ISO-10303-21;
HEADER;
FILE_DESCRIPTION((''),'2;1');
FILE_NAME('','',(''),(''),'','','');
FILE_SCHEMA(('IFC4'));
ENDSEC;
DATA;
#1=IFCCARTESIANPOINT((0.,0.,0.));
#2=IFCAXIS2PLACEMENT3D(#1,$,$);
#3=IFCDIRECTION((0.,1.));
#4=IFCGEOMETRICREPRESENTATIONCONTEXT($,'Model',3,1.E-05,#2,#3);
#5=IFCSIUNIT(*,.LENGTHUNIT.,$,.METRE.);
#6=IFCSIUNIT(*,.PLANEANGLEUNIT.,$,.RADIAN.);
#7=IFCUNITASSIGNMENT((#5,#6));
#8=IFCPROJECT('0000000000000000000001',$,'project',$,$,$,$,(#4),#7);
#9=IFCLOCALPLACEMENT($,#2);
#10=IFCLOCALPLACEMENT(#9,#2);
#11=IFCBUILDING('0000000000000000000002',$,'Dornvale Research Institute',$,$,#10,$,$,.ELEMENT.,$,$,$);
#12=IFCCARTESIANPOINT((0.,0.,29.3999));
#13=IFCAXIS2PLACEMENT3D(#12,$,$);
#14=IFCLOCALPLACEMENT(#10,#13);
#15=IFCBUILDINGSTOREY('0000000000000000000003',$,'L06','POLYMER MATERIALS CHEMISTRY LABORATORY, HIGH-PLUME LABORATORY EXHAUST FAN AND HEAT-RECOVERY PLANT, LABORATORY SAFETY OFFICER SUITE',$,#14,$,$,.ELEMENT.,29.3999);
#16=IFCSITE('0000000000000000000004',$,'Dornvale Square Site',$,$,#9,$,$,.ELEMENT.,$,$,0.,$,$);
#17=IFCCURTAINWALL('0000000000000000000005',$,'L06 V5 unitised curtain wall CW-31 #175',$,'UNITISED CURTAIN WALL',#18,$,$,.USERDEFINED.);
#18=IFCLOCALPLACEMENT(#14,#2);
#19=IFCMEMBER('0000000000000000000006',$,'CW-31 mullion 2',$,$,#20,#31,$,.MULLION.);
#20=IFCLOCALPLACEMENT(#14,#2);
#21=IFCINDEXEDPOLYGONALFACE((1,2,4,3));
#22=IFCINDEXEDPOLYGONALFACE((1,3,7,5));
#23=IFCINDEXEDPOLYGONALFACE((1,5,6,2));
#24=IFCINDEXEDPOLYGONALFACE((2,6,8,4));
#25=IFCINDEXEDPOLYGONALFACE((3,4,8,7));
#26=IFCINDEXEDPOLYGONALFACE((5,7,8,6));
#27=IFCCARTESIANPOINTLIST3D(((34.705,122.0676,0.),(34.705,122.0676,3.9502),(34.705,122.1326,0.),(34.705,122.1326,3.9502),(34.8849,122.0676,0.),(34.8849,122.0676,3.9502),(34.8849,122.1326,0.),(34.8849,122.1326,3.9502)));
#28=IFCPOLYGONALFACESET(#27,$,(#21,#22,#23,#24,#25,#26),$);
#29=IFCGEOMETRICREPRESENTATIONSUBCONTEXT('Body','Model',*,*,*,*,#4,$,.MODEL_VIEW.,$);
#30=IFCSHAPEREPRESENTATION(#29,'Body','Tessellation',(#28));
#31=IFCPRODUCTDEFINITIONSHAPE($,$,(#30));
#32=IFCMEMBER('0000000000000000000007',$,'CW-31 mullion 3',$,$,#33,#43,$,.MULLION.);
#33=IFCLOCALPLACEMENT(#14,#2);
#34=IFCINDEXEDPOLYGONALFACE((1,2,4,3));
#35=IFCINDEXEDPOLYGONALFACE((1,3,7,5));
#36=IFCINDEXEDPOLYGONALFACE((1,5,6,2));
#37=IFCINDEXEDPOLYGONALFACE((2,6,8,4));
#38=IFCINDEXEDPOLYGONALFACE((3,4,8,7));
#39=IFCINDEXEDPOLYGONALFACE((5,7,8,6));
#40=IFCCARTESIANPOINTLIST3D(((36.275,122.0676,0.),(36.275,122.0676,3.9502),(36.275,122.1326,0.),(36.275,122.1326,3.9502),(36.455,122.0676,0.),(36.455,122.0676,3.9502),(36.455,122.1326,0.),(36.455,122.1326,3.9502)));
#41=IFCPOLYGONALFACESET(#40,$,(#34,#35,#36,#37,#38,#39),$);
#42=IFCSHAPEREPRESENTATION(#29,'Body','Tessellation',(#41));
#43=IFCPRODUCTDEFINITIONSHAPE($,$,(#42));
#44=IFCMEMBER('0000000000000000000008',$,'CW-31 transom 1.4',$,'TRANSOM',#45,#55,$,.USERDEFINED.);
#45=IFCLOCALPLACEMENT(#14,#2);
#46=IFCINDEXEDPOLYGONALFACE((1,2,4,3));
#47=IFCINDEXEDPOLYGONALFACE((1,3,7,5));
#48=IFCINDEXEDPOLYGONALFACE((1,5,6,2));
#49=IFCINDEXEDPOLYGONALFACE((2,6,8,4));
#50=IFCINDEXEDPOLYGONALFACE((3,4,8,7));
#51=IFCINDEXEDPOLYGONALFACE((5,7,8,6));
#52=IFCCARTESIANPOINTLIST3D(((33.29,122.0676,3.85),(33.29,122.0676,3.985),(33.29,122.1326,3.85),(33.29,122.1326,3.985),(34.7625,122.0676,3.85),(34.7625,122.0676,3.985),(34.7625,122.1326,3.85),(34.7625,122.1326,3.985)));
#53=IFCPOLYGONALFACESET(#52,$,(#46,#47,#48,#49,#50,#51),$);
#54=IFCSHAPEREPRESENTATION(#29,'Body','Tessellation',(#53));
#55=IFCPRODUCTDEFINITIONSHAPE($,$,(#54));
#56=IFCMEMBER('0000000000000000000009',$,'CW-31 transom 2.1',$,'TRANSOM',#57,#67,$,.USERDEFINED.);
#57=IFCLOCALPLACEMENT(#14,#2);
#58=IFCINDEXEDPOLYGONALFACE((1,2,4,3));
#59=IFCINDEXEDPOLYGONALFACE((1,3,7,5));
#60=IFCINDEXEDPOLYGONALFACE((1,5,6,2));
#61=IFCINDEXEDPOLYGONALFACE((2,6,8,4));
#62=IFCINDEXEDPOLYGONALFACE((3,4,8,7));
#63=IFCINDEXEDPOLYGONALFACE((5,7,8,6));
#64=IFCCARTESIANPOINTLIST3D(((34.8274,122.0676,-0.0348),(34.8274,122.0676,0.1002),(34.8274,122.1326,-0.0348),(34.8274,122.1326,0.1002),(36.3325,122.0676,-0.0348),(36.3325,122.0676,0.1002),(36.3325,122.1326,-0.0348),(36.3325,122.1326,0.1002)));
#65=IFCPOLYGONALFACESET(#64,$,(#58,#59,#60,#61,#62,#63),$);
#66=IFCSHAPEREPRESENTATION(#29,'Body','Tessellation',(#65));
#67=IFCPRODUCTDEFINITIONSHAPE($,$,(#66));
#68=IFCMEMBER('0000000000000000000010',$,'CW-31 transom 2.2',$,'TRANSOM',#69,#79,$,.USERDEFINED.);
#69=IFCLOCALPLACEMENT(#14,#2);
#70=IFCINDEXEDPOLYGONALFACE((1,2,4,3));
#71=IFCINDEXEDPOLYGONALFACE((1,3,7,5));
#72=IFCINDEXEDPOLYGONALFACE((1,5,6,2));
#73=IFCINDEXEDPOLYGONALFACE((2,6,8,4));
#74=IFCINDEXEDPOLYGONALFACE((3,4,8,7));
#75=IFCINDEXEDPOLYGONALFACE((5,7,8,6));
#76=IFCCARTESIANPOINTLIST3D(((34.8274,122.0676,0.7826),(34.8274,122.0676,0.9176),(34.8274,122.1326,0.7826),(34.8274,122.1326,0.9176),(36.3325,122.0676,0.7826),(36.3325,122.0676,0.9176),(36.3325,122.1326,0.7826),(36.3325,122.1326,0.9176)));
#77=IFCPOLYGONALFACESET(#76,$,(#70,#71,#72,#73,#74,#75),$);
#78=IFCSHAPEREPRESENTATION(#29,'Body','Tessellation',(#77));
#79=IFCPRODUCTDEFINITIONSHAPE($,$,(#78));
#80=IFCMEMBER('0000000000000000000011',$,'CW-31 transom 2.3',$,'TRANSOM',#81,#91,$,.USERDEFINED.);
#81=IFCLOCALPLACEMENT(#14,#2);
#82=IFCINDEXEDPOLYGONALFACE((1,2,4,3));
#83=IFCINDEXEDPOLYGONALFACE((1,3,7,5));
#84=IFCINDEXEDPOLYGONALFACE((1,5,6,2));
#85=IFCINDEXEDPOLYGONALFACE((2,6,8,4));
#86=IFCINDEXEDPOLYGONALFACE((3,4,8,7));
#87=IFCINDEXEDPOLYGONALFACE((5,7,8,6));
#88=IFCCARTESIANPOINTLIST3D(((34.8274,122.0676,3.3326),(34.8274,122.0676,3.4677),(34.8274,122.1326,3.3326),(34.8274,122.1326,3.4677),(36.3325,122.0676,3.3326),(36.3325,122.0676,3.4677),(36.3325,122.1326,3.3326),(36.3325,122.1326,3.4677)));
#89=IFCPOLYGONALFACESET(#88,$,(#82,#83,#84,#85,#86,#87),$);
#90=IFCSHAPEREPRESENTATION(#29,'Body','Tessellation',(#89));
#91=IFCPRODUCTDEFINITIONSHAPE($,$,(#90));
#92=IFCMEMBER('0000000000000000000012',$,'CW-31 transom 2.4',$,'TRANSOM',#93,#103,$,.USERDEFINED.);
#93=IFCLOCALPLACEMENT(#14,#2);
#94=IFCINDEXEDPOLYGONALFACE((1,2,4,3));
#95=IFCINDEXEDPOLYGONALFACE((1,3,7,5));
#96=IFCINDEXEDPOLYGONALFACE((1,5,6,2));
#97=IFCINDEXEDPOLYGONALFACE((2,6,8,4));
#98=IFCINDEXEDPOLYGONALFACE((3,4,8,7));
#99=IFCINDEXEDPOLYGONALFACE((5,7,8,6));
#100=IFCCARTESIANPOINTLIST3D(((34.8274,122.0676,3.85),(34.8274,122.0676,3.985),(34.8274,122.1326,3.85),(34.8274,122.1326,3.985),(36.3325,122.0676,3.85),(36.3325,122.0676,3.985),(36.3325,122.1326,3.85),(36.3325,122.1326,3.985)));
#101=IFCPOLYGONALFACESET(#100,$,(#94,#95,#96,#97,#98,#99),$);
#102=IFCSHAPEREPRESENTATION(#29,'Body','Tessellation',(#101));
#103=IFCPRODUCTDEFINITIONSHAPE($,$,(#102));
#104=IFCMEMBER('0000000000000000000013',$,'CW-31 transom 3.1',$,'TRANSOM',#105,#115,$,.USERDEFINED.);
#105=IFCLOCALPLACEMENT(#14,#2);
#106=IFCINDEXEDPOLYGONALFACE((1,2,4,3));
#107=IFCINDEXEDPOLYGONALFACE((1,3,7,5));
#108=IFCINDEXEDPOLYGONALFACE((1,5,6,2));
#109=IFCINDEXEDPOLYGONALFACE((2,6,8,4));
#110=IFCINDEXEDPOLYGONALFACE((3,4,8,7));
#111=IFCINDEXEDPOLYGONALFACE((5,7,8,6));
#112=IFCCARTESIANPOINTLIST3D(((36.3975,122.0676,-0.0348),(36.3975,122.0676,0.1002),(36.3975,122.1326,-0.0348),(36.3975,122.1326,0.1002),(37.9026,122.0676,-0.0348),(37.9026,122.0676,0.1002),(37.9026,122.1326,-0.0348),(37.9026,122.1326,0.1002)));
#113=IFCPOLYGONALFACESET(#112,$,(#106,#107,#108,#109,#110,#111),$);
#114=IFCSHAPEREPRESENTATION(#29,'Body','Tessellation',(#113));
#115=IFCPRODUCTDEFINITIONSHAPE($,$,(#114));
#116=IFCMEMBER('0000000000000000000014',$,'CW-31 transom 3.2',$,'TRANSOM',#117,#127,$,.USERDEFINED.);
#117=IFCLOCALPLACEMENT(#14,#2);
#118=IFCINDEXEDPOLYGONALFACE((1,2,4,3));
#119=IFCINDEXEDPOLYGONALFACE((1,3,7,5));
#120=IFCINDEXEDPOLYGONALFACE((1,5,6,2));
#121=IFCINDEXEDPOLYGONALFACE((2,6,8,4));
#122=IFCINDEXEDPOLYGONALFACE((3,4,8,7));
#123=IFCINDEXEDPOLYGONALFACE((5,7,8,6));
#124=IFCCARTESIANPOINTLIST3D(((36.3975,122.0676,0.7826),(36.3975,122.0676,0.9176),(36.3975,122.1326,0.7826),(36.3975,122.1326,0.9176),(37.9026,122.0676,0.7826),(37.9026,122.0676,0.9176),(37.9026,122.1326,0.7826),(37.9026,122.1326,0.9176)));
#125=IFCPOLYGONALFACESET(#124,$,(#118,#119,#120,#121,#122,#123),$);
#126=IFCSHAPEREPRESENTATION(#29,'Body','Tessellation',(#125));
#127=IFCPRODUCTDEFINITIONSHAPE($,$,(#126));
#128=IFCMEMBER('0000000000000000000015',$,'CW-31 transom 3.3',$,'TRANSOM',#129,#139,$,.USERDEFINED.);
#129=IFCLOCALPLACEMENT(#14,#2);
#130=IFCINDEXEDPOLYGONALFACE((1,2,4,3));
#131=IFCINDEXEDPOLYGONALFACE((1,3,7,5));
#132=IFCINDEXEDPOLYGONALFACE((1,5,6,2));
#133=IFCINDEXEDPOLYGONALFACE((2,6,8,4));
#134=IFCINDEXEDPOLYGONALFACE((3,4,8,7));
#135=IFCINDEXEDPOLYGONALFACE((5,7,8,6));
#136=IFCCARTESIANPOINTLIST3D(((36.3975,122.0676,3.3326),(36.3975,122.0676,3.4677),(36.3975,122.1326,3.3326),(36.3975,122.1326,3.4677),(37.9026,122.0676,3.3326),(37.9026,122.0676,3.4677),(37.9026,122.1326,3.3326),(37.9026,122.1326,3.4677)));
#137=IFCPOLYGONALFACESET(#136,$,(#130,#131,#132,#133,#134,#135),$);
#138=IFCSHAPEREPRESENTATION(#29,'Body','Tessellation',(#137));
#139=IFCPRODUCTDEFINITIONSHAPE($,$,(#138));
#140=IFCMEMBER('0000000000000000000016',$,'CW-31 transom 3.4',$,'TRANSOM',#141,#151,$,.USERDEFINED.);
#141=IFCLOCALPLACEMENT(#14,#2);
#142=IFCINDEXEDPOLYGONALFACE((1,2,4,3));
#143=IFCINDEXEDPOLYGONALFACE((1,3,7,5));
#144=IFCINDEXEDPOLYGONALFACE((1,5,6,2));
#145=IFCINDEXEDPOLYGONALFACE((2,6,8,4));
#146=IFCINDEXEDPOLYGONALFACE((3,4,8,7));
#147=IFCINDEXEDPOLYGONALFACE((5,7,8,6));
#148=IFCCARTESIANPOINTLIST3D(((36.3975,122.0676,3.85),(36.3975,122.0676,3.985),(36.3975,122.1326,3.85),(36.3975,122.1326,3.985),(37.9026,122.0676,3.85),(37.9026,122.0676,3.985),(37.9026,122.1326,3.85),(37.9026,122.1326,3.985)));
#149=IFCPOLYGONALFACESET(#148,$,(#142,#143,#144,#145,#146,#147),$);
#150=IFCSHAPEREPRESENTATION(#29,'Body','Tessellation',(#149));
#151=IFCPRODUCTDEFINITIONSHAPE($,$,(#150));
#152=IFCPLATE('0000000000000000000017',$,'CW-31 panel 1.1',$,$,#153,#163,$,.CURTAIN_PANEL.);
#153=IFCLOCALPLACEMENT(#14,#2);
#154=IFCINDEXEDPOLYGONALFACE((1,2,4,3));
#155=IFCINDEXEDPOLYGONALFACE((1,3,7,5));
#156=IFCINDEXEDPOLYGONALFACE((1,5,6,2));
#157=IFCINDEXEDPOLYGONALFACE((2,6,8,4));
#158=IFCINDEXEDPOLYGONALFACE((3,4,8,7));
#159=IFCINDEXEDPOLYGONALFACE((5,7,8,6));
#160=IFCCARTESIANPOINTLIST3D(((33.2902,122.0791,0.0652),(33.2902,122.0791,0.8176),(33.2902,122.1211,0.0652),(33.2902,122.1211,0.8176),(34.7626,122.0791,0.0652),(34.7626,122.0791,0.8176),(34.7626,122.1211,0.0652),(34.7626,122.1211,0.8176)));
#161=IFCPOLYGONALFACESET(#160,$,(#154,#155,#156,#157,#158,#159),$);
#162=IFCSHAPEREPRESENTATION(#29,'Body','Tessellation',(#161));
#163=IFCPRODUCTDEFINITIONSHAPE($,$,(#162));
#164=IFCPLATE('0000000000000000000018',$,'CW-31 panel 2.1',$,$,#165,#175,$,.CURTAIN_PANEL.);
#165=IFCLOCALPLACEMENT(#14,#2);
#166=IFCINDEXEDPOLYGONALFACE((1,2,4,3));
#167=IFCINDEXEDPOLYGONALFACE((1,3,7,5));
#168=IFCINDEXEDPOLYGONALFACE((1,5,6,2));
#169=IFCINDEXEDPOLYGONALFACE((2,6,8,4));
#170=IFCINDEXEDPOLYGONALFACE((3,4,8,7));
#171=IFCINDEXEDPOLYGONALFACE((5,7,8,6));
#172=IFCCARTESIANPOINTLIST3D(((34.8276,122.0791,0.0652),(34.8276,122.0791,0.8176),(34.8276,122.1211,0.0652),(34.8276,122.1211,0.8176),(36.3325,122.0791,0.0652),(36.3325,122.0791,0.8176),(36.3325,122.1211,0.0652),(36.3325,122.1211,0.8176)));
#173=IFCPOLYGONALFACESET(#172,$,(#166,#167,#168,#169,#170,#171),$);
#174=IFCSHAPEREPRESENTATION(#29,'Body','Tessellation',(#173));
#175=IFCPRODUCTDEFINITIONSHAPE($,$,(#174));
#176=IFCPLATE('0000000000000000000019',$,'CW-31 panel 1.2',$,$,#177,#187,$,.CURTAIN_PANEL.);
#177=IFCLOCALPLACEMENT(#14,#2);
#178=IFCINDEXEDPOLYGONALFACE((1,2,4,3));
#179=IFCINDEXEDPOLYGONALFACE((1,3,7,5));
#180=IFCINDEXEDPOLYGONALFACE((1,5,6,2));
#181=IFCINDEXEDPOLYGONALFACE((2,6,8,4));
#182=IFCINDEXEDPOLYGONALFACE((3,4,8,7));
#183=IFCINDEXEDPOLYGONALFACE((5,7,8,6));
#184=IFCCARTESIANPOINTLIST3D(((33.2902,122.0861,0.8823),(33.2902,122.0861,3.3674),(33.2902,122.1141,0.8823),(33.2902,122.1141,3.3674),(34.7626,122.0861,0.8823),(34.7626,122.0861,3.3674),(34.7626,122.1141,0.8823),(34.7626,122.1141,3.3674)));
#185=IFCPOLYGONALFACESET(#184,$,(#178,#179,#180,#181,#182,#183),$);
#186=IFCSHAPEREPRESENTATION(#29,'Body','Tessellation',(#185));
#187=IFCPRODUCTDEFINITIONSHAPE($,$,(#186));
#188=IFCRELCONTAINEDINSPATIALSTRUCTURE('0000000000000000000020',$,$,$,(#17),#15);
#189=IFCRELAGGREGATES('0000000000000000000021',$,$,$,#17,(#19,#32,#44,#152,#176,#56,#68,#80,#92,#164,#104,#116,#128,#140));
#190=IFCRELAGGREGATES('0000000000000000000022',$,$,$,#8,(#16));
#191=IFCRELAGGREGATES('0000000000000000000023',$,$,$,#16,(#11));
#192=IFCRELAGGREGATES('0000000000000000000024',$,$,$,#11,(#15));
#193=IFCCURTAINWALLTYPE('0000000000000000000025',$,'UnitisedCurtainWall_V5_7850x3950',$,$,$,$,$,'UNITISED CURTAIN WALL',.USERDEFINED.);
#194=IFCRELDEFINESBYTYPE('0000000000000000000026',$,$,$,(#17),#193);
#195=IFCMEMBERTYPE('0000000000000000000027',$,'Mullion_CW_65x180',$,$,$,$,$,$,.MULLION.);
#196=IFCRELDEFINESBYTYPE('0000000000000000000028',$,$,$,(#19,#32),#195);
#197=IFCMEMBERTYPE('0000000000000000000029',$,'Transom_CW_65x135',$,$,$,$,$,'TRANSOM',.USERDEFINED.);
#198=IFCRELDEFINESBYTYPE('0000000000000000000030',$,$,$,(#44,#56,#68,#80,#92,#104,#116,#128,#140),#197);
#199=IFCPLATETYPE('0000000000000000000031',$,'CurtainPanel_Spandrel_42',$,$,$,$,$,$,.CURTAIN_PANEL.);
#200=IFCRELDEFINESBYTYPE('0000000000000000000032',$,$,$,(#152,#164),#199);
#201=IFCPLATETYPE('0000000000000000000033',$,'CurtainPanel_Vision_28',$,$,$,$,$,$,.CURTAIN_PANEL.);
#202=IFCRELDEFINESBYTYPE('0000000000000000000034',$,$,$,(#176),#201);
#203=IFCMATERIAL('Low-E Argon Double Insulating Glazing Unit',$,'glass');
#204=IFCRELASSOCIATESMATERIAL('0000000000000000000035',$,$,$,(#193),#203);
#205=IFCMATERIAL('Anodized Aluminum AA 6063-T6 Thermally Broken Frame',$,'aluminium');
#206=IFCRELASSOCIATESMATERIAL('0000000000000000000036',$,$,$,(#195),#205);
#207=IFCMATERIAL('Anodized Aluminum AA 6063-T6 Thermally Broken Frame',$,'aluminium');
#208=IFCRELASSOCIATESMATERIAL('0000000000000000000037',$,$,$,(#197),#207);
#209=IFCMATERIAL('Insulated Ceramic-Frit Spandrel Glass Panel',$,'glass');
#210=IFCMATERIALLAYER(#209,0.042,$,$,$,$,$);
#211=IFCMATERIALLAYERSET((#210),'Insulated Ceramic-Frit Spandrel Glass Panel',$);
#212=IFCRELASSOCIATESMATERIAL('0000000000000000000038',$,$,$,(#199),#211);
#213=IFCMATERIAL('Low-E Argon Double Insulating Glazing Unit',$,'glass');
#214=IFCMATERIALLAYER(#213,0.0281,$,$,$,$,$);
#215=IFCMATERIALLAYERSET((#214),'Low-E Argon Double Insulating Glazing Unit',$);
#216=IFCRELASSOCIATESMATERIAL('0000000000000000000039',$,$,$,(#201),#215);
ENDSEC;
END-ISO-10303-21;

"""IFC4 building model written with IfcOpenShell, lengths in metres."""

from ifc_helpers import new_model, si_unit, direction, frame, origin, origin_2d, place, context, subcontext, project, spatial, rectangle, extrude, material, layer, layer_set, material_profile, profile_set, type_object, element, aggregate, save


model = new_model("IFC4")

# Units and contexts
model_context = context("Model", 3, precision=1e-05, world=origin(), true_north=direction((0.0, 1.0)))
body_context = subcontext(model_context, "Body", "Model", "MODEL_VIEW")
ifc_project = project(units=[si_unit("LENGTHUNIT", "METRE"), si_unit("PLANEANGLEUNIT", "RADIAN")], contexts=[model_context])

# Site, building, storey
site_placement = place(None, origin())
site = spatial("IfcSite", under=ifc_project, at=site_placement, Name="Dornvale Square Site", CompositionType="ELEMENT", RefElevation=0.0)
building_placement = place(site_placement, origin())
building = spatial("IfcBuilding", under=site, at=building_placement, Name="Dornvale Research Institute", CompositionType="ELEMENT")
storey_placement = place(building_placement, frame((0.0, 0.0, 29.3999)))
storey = spatial("IfcBuildingStorey", under=building, at=storey_placement, Name="L06", Description="POLYMER MATERIALS CHEMISTRY LABORATORY, HIGH-PLUME LABORATORY EXHAUST FAN AND HEAT-RECOVERY PLANT, LABORATORY SAFETY OFFICER SUITE", CompositionType="ELEMENT", Elevation=29.3999)

# Curtain wall, members, plates
ifc_material_1 = material(Name="Low-E Argon Double Insulating Glazing Unit", Category="glass")
curtain_wall_type = type_object("IfcCurtainWallType", Name="UnitisedCurtainWall_V5_7850x3950", ElementType="UNITISED CURTAIN WALL", PredefinedType="USERDEFINED", material=ifc_material_1)
curtain_wall_placement = place(storey_placement, origin())
curtain_wall = element("IfcCurtainWall", 1, at=curtain_wall_placement, inside=storey, type_object=curtain_wall_type, Name="L06 V5 unitised curtain wall CW-31 #175", ObjectType="UNITISED CURTAIN WALL", PredefinedType="USERDEFINED")
ifc_material_2 = material(Name="Anodized Aluminum AA 6063-T6 Thermally Broken Frame", Category="aluminium")
ifc_material_profile_1 = material_profile(ifc_material_2, rectangle(XDim=0.0649, YDim=0.1799, at=origin_2d()), Name="ALU MULLION 65x180")
ifc_profile_set_1 = profile_set([ifc_material_profile_1], Name="Anodized Aluminum AA 6063-T6 Thermally Broken Frame")
member_type_1 = type_object("IfcMemberType", Name="Mullion_CW_65x180", PredefinedType="MULLION", material=ifc_profile_set_1)
member_1_placement = place(storey_placement, frame((34.7949, 122.1001, 0.0), z_axis=(0.0, 0.0, 1.0), x_axis=(0.0, 1.0, 0.0)))
member_1 = element("IfcMember", 2, at=member_1_placement, type_object=member_type_1, Name="CW-31 mullion 2", PredefinedType="MULLION", context=body_context, shape_type="SweptSolid", body=[
    extrude(rectangle(XDim=0.0649, YDim=0.1799, at=origin_2d()), origin(), (0.0, 0.0, 1.0), 3.9502),
])
member_2_placement = place(storey_placement, frame((36.365, 122.1001, 0.0), z_axis=(0.0, 0.0, 1.0), x_axis=(0.0, 1.0, 0.0)))
member_2 = element("IfcMember", 3, at=member_2_placement, type_object=member_type_1, Name="CW-31 mullion 3", PredefinedType="MULLION", context=body_context, shape_type="SweptSolid", body=[
    extrude(rectangle(XDim=0.0649, YDim=0.1799, at=origin_2d()), origin(), (0.0, 0.0, 1.0), 3.9502),
])
ifc_material_3 = material(Name="Anodized Aluminum AA 6063-T6 Thermally Broken Frame", Category="aluminium")
ifc_material_profile_2 = material_profile(ifc_material_3, rectangle(XDim=0.0649, YDim=0.135, at=origin_2d()), Name="ALU TRANSOM 65x135")
ifc_profile_set_2 = profile_set([ifc_material_profile_2], Name="Anodized Aluminum AA 6063-T6 Thermally Broken Frame")
member_type_2 = type_object("IfcMemberType", Name="Transom_CW_65x135", ElementType="TRANSOM", PredefinedType="USERDEFINED", material=ifc_profile_set_2)
member_3_placement = place(storey_placement, frame((33.29, 122.1001, 3.9175), z_axis=(1.0, 0.0, 0.0), x_axis=(0.0, 1.0, 0.0)))
member_3 = element("IfcMember", 4, at=member_3_placement, type_object=member_type_2, Name="CW-31 transom 1.4", ObjectType="TRANSOM", PredefinedType="USERDEFINED", context=body_context, shape_type="SweptSolid", body=[
    extrude(rectangle(XDim=0.0649, YDim=0.135, at=origin_2d()), origin(), (0.0, 0.0, 1.0), 1.4724),
])
member_4_placement = place(storey_placement, frame((34.8274, 122.1001, 0.0327), z_axis=(1.0, 0.0, 0.0), x_axis=(0.0, 1.0, 0.0)))
member_4 = element("IfcMember", 5, at=member_4_placement, type_object=member_type_2, Name="CW-31 transom 2.1", ObjectType="TRANSOM", PredefinedType="USERDEFINED", context=body_context, shape_type="SweptSolid", body=[
    extrude(rectangle(XDim=0.0649, YDim=0.135, at=origin_2d()), origin(), (0.0, 0.0, 1.0), 1.5051),
])
member_5_placement = place(storey_placement, frame((34.8274, 122.1001, 0.8501), z_axis=(1.0, 0.0, 0.0), x_axis=(0.0, 1.0, 0.0)))
member_5 = element("IfcMember", 6, at=member_5_placement, type_object=member_type_2, Name="CW-31 transom 2.2", ObjectType="TRANSOM", PredefinedType="USERDEFINED", context=body_context, shape_type="SweptSolid", body=[
    extrude(rectangle(XDim=0.0649, YDim=0.135, at=origin_2d()), origin(), (0.0, 0.0, 1.0), 1.5051),
])
member_6_placement = place(storey_placement, frame((34.8274, 122.1001, 3.4001), z_axis=(1.0, 0.0, 0.0), x_axis=(0.0, 1.0, 0.0)))
member_6 = element("IfcMember", 7, at=member_6_placement, type_object=member_type_2, Name="CW-31 transom 2.3", ObjectType="TRANSOM", PredefinedType="USERDEFINED", context=body_context, shape_type="SweptSolid", body=[
    extrude(rectangle(XDim=0.0649, YDim=0.135, at=origin_2d()), origin(), (0.0, 0.0, 1.0), 1.5051),
])
member_7_placement = place(storey_placement, frame((34.8274, 122.1001, 3.9175), z_axis=(1.0, 0.0, 0.0), x_axis=(0.0, 1.0, 0.0)))
member_7 = element("IfcMember", 8, at=member_7_placement, type_object=member_type_2, Name="CW-31 transom 2.4", ObjectType="TRANSOM", PredefinedType="USERDEFINED", context=body_context, shape_type="SweptSolid", body=[
    extrude(rectangle(XDim=0.0649, YDim=0.135, at=origin_2d()), origin(), (0.0, 0.0, 1.0), 1.5051),
])
member_8_placement = place(storey_placement, frame((36.3975, 122.1001, 0.0327), z_axis=(1.0, 0.0, 0.0), x_axis=(0.0, 1.0, 0.0)))
member_8 = element("IfcMember", 9, at=member_8_placement, type_object=member_type_2, Name="CW-31 transom 3.1", ObjectType="TRANSOM", PredefinedType="USERDEFINED", context=body_context, shape_type="SweptSolid", body=[
    extrude(rectangle(XDim=0.0649, YDim=0.135, at=origin_2d()), origin(), (0.0, 0.0, 1.0), 1.5051),
])
member_9_placement = place(storey_placement, frame((36.3975, 122.1001, 0.8501), z_axis=(1.0, 0.0, 0.0), x_axis=(0.0, 1.0, 0.0)))
member_9 = element("IfcMember", 10, at=member_9_placement, type_object=member_type_2, Name="CW-31 transom 3.2", ObjectType="TRANSOM", PredefinedType="USERDEFINED", context=body_context, shape_type="SweptSolid", body=[
    extrude(rectangle(XDim=0.0649, YDim=0.135, at=origin_2d()), origin(), (0.0, 0.0, 1.0), 1.5051),
])
member_10_placement = place(storey_placement, frame((36.3975, 122.1001, 3.4001), z_axis=(1.0, 0.0, 0.0), x_axis=(0.0, 1.0, 0.0)))
member_10 = element("IfcMember", 11, at=member_10_placement, type_object=member_type_2, Name="CW-31 transom 3.3", ObjectType="TRANSOM", PredefinedType="USERDEFINED", context=body_context, shape_type="SweptSolid", body=[
    extrude(rectangle(XDim=0.0649, YDim=0.135, at=origin_2d()), origin(), (0.0, 0.0, 1.0), 1.5051),
])
member_11_placement = place(storey_placement, frame((36.3975, 122.1001, 3.9175), z_axis=(1.0, 0.0, 0.0), x_axis=(0.0, 1.0, 0.0)))
member_11 = element("IfcMember", 12, at=member_11_placement, type_object=member_type_2, Name="CW-31 transom 3.4", ObjectType="TRANSOM", PredefinedType="USERDEFINED", context=body_context, shape_type="SweptSolid", body=[
    extrude(rectangle(XDim=0.0649, YDim=0.135, at=origin_2d()), origin(), (0.0, 0.0, 1.0), 1.5051),
])
ifc_material_4 = material(Name="Insulated Ceramic-Frit Spandrel Glass Panel", Category="glass")
ifc_layer_1 = layer(ifc_material_4, 0.042)
ifc_layer_set_1 = layer_set([ifc_layer_1], Name="Insulated Ceramic-Frit Spandrel Glass Panel")
plate_type_1 = type_object("IfcPlateType", Name="CurtainPanel_Spandrel_42", PredefinedType="CURTAIN_PANEL", material=ifc_layer_set_1)
plate_1_placement = place(storey_placement, frame((34.0264, 122.1001, 0.0652), z_axis=(0.0, 0.0, 1.0), x_axis=(1.0, 0.0, 0.0)))
plate_1 = element("IfcPlate", 13, at=plate_1_placement, type_object=plate_type_1, Name="CW-31 panel 1.1", PredefinedType="CURTAIN_PANEL", context=body_context, shape_type="SweptSolid", body=[
    extrude(rectangle(XDim=1.4724, YDim=0.042, at=origin_2d()), origin(), (0.0, 0.0, 1.0), 0.7524),
])
plate_2_placement = place(storey_placement, frame((35.5801, 122.1001, 0.0652), z_axis=(0.0, 0.0, 1.0), x_axis=(1.0, 0.0, 0.0)))
plate_2 = element("IfcPlate", 14, at=plate_2_placement, type_object=plate_type_1, Name="CW-31 panel 2.1", PredefinedType="CURTAIN_PANEL", context=body_context, shape_type="SweptSolid", body=[
    extrude(rectangle(XDim=1.5049, YDim=0.042, at=origin_2d()), origin(), (0.0, 0.0, 1.0), 0.7524),
])
ifc_material_5 = material(Name="Low-E Argon Double Insulating Glazing Unit", Category="glass")
ifc_layer_2 = layer(ifc_material_5, 0.0281)
ifc_layer_set_2 = layer_set([ifc_layer_2], Name="Low-E Argon Double Insulating Glazing Unit")
plate_type_2 = type_object("IfcPlateType", Name="CurtainPanel_Vision_28", PredefinedType="CURTAIN_PANEL", material=ifc_layer_set_2)
plate_3_placement = place(storey_placement, frame((34.0264, 122.1001, 0.8823), z_axis=(0.0, 0.0, 1.0), x_axis=(1.0, 0.0, 0.0)))
plate_3 = element("IfcPlate", 15, at=plate_3_placement, type_object=plate_type_2, Name="CW-31 panel 1.2", PredefinedType="CURTAIN_PANEL", context=body_context, shape_type="SweptSolid", body=[
    extrude(rectangle(XDim=1.4724, YDim=0.0281, at=origin_2d()), origin(), (0.0, 0.0, 1.0), 2.4851),
])
aggregate(curtain_wall, [member_1, member_2, member_3, plate_1, plate_3, member_4, member_5, member_6, member_7, plate_2, member_8, member_9, member_10, member_11])

save(model, "model.ifc")
